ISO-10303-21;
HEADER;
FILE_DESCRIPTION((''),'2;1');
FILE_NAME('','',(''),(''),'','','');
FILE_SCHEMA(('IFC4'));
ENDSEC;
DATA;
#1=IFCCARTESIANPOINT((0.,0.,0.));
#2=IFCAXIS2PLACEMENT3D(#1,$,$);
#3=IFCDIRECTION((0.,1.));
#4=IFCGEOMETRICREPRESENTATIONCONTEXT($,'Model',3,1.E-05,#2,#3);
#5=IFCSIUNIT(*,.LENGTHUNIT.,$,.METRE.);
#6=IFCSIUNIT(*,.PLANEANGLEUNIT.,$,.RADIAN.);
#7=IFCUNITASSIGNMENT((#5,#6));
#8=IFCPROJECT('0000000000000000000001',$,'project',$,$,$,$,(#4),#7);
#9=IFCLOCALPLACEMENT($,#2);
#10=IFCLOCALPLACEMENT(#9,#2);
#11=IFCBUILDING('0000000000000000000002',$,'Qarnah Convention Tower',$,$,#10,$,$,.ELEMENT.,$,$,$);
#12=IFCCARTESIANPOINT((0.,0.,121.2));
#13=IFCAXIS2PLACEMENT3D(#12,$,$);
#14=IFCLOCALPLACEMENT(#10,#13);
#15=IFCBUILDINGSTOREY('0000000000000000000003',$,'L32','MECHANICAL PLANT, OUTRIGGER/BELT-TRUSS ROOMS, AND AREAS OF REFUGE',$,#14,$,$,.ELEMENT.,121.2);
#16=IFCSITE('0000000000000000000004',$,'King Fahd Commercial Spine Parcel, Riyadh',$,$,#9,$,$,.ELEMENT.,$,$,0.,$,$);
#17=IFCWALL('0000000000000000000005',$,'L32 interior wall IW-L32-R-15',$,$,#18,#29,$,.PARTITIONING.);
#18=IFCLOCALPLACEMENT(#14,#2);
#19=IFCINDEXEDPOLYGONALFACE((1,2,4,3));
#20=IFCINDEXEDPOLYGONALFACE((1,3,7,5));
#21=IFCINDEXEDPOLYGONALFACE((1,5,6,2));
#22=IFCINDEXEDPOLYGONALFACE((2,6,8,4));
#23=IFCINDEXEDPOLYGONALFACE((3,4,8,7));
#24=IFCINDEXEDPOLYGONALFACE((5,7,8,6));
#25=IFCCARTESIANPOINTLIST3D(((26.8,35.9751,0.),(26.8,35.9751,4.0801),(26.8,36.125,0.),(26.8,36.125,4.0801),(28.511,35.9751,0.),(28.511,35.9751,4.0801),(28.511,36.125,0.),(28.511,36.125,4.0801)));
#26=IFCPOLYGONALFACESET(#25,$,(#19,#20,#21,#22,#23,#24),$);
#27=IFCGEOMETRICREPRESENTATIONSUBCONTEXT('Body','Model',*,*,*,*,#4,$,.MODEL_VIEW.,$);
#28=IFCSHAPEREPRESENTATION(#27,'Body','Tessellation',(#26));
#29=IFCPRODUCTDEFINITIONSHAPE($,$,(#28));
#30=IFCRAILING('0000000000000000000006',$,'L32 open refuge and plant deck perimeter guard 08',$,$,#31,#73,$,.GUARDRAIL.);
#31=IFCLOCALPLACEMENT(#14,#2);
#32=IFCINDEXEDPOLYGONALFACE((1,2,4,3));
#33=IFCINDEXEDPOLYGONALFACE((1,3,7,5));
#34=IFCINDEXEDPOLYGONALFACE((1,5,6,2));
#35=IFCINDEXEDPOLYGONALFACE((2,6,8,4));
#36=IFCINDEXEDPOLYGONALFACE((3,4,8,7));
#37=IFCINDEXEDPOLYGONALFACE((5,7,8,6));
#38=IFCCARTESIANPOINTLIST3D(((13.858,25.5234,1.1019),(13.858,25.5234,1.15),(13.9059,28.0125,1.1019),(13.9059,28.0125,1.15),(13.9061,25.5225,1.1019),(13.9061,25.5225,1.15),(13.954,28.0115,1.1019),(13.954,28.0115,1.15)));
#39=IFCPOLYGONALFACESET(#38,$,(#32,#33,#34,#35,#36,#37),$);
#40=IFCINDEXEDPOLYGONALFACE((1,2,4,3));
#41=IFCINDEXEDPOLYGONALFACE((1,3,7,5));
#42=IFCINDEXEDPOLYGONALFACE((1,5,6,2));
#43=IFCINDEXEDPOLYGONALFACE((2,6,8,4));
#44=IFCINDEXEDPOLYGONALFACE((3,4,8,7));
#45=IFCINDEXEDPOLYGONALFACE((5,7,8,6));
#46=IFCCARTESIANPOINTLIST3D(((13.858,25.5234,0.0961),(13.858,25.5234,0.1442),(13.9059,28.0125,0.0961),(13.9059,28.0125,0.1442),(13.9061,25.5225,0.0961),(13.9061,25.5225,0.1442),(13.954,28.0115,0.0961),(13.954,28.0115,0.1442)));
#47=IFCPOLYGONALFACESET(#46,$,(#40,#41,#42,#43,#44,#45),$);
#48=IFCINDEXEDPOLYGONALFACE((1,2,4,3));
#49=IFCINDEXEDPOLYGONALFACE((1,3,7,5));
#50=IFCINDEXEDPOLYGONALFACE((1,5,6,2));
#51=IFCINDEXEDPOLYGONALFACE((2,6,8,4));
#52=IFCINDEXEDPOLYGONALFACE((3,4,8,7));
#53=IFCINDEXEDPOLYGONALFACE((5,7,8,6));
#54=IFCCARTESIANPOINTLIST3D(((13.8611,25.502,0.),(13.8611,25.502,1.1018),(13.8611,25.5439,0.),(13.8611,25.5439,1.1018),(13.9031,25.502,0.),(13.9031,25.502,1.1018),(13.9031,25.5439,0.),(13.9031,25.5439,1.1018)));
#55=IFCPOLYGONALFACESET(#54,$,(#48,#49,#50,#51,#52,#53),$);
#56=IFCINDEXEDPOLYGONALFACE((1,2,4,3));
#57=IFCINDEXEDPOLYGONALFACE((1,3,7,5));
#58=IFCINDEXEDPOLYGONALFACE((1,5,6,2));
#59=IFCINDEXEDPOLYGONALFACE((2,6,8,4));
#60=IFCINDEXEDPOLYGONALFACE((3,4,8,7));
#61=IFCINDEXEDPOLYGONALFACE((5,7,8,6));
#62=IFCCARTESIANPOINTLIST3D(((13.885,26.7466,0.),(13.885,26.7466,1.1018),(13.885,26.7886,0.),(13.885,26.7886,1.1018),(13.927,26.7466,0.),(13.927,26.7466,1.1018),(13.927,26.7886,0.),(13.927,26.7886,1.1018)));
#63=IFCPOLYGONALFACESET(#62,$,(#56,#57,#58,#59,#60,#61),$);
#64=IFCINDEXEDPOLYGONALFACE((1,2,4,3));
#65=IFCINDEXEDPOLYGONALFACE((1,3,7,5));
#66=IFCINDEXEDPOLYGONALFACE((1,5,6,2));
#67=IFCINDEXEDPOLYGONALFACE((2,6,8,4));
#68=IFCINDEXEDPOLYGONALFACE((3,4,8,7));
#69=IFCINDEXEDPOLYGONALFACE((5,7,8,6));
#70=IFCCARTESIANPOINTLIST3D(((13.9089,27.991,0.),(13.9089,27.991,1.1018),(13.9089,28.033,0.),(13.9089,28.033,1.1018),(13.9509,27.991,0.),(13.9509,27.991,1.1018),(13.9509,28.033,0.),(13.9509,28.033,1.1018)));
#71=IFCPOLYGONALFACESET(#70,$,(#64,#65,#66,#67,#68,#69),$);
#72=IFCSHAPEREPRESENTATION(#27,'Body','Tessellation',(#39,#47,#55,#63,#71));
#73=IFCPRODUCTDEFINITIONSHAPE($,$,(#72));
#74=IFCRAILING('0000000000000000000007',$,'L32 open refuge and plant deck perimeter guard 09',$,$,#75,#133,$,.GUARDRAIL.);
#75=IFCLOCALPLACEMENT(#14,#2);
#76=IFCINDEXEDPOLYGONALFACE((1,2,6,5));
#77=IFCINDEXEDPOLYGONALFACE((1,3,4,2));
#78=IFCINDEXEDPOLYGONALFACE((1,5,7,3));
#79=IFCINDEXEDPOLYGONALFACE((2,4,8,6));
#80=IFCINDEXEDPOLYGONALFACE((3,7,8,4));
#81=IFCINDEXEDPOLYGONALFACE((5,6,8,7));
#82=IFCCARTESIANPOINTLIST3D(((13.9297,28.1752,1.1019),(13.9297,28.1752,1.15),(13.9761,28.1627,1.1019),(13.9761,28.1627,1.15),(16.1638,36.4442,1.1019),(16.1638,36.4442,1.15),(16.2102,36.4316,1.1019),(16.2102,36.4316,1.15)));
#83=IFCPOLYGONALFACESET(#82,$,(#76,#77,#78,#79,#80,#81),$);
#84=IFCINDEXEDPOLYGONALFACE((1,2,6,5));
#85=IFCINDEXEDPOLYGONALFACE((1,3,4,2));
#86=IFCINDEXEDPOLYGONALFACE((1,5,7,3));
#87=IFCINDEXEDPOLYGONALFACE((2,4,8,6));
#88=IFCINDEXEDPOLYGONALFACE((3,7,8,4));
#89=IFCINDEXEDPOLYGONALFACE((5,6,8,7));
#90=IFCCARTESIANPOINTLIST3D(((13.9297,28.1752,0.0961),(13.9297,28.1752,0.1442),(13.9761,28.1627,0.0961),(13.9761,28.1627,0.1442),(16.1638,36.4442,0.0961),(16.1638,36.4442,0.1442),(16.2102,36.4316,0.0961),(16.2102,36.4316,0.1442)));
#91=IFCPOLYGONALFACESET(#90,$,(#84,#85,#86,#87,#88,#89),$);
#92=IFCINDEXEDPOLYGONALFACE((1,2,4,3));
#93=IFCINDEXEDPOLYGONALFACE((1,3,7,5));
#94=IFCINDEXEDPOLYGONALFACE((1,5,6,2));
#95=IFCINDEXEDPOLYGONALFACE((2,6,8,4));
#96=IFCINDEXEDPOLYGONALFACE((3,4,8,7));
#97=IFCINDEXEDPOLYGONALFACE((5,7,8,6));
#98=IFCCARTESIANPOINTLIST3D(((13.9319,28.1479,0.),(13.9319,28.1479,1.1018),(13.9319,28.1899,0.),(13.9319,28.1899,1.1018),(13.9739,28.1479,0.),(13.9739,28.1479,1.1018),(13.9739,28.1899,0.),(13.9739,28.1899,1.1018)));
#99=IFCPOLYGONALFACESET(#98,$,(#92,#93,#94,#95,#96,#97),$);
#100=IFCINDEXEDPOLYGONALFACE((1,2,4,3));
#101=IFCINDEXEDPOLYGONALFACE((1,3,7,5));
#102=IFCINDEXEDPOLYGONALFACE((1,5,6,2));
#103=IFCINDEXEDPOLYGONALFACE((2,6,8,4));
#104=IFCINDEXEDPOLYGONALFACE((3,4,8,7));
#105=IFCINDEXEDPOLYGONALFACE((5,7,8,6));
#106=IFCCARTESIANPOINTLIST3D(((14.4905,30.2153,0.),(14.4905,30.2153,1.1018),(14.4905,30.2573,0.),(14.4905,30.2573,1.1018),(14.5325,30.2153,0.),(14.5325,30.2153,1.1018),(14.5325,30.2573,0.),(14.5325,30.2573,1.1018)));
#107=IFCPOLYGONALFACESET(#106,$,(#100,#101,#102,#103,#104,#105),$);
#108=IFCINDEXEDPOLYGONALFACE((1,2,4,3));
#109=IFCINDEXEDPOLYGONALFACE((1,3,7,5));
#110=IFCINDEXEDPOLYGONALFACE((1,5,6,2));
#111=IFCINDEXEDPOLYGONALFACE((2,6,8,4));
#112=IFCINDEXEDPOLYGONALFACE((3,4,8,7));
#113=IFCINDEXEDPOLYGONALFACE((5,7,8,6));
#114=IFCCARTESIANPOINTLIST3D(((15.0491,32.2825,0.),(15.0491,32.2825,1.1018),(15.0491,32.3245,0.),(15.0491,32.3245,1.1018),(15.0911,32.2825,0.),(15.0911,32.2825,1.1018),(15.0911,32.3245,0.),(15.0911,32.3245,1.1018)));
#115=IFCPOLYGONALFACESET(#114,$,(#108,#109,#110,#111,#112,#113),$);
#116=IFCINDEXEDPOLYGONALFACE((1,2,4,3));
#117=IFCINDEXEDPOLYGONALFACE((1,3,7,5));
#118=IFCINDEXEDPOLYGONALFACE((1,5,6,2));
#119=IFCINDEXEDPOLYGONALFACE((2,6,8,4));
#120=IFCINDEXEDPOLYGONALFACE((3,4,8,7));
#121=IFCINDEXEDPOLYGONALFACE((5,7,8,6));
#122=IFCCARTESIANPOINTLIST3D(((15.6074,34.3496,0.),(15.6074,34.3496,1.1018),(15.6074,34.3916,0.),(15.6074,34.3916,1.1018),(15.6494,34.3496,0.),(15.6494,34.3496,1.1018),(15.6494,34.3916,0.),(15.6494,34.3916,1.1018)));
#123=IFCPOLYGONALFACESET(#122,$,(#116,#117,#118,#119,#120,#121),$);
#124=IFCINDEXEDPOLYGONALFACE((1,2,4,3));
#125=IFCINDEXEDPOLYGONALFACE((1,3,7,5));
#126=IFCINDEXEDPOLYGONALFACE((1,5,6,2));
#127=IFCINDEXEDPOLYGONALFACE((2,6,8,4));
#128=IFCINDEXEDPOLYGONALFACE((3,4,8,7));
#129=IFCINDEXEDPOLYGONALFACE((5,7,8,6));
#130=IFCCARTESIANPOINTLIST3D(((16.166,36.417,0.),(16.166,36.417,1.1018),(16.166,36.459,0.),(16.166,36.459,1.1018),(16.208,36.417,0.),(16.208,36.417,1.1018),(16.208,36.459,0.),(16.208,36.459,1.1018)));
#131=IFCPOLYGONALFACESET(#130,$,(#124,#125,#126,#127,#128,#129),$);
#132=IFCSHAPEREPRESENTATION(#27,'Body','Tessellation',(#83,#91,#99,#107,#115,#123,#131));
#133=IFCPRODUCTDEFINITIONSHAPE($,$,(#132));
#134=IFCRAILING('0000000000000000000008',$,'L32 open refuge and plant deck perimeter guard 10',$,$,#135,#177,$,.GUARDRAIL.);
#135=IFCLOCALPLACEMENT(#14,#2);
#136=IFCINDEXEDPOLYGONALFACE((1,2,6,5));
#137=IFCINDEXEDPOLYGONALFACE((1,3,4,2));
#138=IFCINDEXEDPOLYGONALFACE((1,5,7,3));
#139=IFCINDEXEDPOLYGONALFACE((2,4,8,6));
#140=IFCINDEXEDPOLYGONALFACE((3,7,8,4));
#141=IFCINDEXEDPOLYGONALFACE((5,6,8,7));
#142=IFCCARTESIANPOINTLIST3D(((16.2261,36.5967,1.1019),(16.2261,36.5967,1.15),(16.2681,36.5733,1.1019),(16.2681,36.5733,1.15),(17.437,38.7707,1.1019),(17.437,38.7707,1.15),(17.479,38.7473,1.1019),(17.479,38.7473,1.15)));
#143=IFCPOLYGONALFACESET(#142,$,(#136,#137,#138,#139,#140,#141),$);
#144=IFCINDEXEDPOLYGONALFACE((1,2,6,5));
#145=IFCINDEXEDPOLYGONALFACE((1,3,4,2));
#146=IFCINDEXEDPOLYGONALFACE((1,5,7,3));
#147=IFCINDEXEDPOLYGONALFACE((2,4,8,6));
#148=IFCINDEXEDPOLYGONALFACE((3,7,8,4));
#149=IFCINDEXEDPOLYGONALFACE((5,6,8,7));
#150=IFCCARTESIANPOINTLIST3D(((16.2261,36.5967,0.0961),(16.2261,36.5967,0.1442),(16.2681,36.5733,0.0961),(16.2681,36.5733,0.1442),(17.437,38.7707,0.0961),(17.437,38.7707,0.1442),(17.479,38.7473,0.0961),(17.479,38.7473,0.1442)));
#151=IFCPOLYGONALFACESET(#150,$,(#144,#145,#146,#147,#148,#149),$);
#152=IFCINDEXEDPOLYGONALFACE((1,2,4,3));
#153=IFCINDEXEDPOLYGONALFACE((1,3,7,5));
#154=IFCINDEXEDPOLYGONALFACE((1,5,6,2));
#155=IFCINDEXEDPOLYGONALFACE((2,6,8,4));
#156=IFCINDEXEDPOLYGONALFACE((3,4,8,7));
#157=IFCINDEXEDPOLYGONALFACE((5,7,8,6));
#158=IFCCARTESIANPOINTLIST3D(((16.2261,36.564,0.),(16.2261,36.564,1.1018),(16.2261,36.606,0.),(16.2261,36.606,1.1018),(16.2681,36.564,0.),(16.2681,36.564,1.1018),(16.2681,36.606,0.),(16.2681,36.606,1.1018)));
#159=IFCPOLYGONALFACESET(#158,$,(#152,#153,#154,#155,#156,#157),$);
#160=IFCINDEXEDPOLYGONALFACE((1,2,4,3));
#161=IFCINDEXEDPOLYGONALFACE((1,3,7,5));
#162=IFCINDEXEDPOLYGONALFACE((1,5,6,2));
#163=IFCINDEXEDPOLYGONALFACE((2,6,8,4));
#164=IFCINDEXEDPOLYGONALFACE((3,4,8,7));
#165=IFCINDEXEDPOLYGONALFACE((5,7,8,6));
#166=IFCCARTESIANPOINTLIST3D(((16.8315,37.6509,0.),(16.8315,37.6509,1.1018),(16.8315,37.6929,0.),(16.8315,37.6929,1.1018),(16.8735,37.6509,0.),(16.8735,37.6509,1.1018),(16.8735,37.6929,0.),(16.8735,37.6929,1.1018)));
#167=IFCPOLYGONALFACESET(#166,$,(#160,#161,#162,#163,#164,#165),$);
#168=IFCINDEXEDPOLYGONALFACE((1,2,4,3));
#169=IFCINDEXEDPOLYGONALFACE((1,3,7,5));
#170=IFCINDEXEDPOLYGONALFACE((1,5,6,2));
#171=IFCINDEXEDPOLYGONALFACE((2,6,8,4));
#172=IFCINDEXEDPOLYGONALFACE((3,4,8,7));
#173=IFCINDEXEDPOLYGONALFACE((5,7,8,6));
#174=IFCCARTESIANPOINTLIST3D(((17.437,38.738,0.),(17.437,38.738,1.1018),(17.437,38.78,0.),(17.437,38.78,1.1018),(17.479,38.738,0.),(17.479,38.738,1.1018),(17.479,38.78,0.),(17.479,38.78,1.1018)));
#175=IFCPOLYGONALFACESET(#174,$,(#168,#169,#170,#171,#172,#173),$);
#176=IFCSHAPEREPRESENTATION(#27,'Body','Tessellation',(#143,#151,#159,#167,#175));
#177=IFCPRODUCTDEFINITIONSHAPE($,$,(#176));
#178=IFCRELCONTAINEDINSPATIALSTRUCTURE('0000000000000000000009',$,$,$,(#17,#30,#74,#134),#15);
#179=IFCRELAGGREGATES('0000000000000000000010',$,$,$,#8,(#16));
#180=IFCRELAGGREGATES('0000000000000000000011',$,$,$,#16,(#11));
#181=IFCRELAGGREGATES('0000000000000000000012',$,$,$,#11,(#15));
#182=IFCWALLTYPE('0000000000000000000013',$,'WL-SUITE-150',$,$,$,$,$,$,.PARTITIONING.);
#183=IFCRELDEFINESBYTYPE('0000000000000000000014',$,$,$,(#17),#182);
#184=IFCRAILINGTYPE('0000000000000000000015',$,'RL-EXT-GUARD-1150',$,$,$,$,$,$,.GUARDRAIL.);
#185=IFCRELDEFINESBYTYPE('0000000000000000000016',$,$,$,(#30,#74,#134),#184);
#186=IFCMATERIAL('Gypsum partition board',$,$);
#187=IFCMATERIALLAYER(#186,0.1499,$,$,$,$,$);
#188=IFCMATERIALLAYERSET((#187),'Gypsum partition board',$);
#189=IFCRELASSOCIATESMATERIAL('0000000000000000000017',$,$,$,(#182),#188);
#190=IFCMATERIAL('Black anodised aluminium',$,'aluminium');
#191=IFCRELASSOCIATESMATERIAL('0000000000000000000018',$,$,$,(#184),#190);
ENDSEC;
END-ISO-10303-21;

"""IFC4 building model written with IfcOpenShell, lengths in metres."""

from ifc_helpers import new_model, si_unit, direction, frame, frame_2d, origin, origin_2d, place, context, subcontext, project, spatial, rectangle, extrude, material, layer, layer_set, type_object, element, save


model = new_model("IFC4")

# Units and contexts
model_context = context("Model", 3, precision=1e-05, world=origin(), true_north=direction((0.0, 1.0)))
body_context = subcontext(model_context, "Body", "Model", "MODEL_VIEW")
ifc_project = project(units=[si_unit("LENGTHUNIT", "METRE"), si_unit("PLANEANGLEUNIT", "RADIAN")], contexts=[model_context])

# Site, building, storey
site_placement = place(None, origin())
site = spatial("IfcSite", under=ifc_project, at=site_placement, Name="King Fahd Commercial Spine Parcel, Riyadh", CompositionType="ELEMENT", RefElevation=0.0)
building_placement = place(site_placement, origin())
building = spatial("IfcBuilding", under=site, at=building_placement, Name="Qarnah Convention Tower", CompositionType="ELEMENT")
storey_placement = place(building_placement, frame((0.0, 0.0, 121.2)))
storey = spatial("IfcBuildingStorey", under=building, at=storey_placement, Name="L32", Description="MECHANICAL PLANT, OUTRIGGER/BELT-TRUSS ROOMS, AND AREAS OF REFUGE", CompositionType="ELEMENT", Elevation=121.2)

# Shared definitions
ifc_material_1 = material(Name="Gypsum partition board")
ifc_layer_1 = layer(ifc_material_1, 0.1499)
ifc_layer_set_1 = layer_set([ifc_layer_1], Name="Gypsum partition board")
wall_type_1 = type_object("IfcWallType", Name="WL-SUITE-150", PredefinedType="PARTITIONING", material=ifc_layer_set_1)

# Wall
wall_1_placement = place(storey_placement, frame((26.8, 36.05, 0.0), z_axis=(0.0, 0.0, 1.0), x_axis=(1.0, 0.0, 0.0)))
element("IfcWall", 1, at=wall_1_placement, inside=storey, type_object=wall_type_1, Name="L32 interior wall IW-L32-R-15", PredefinedType="PARTITIONING", context=body_context, shape_type="SweptSolid", body=[
    extrude(rectangle(XDim=1.7109, YDim=0.1499, at=frame_2d((0.8555, 0.0))), origin(), (0.0, 0.0, 1.0), 4.0801),
])

# Railings
ifc_material_2 = material(Name="Black anodised aluminium", Category="aluminium")
railing_type = type_object("IfcRailingType", Name="RL-EXT-GUARD-1150", PredefinedType="GUARDRAIL", material=ifc_material_2)
railing_1_placement = place(storey_placement, frame((13.8821, 25.5229, 0.0)))
element("IfcRailing", 2, at=railing_1_placement, inside=storey, type_object=railing_type, Name="L32 open refuge and plant deck perimeter guard 08", PredefinedType="GUARDRAIL", context=body_context, shape_type="SweptSolid", body=[
    extrude(rectangle(XDim=0.0481, YDim=0.0481, at=origin_2d()), frame((0.0, 0.0, 1.126), z_axis=(0.019222, 0.999815, 0.0), x_axis=(-0.999815, 0.019222, 0.0)), (0.0, 0.0, 1.0), 2.4895),
    extrude(rectangle(XDim=0.0481, YDim=0.0481, at=origin_2d()), frame((0.0, 0.0, 0.1201), z_axis=(0.019222, 0.999815, 0.0), x_axis=(-0.999815, 0.019222, 0.0)), (0.0, 0.0, 1.0), 2.4895),
    extrude(rectangle(XDim=0.042, YDim=0.042, at=origin_2d()), origin(), (0.0, 0.0, 1.0), 1.1018),
    extrude(rectangle(XDim=0.042, YDim=0.042, at=origin_2d()), frame((0.0239, 1.2446, 0.0)), (0.0, 0.0, 1.0), 1.1018),
    extrude(rectangle(XDim=0.042, YDim=0.042, at=origin_2d()), frame((0.0479, 2.489, 0.0)), (0.0, 0.0, 1.0), 1.1018),
])
railing_2_placement = place(storey_placement, frame((13.9529, 28.1689, 0.0)))
element("IfcRailing", 3, at=railing_2_placement, inside=storey, type_object=railing_type, Name="L32 open refuge and plant deck perimeter guard 09", PredefinedType="GUARDRAIL", context=body_context, shape_type="SweptSolid", body=[
    extrude(rectangle(XDim=0.0481, YDim=0.0481, at=origin_2d()), frame((0.0, 0.0, 1.126), z_axis=(0.260828, 0.965385, 0.0), x_axis=(-0.965385, 0.260828, 0.0)), (0.0, 0.0, 1.0), 8.5654),
    extrude(rectangle(XDim=0.0481, YDim=0.0481, at=origin_2d()), frame((0.0, 0.0, 0.1201), z_axis=(0.260828, 0.965385, 0.0), x_axis=(-0.965385, 0.260828, 0.0)), (0.0, 0.0, 1.0), 8.5654),
    extrude(rectangle(XDim=0.042, YDim=0.042, at=origin_2d()), origin(), (0.0, 0.0, 1.0), 1.1018),
    extrude(rectangle(XDim=0.042, YDim=0.042, at=origin_2d()), frame((0.5586, 2.0674, 0.0)), (0.0, 0.0, 1.0), 1.1018),
    extrude(rectangle(XDim=0.042, YDim=0.042, at=origin_2d()), frame((1.1172, 4.1345, 0.0)), (0.0, 0.0, 1.0), 1.1018),
    extrude(rectangle(XDim=0.042, YDim=0.042, at=origin_2d()), frame((1.6755, 6.2017, 0.0)), (0.0, 0.0, 1.0), 1.1018),
    extrude(rectangle(XDim=0.042, YDim=0.042, at=origin_2d()), frame((2.2341, 8.269, 0.0)), (0.0, 0.0, 1.0), 1.1018),
])
railing_3_placement = place(storey_placement, frame((16.2471, 36.585, 0.0)))
element("IfcRailing", 4, at=railing_3_placement, inside=storey, type_object=railing_type, Name="L32 open refuge and plant deck perimeter guard 10", PredefinedType="GUARDRAIL", context=body_context, shape_type="SweptSolid", body=[
    extrude(rectangle(XDim=0.0481, YDim=0.0481, at=origin_2d()), frame((0.0, 0.0, 1.126), z_axis=(0.486601, 0.873625, 0.0), x_axis=(-0.873625, 0.486601, 0.0)), (0.0, 0.0, 1.0), 2.4885),
    extrude(rectangle(XDim=0.0481, YDim=0.0481, at=origin_2d()), frame((0.0, 0.0, 0.1201), z_axis=(0.486601, 0.873625, 0.0), x_axis=(-0.873625, 0.486601, 0.0)), (0.0, 0.0, 1.0), 2.4885),
    extrude(rectangle(XDim=0.042, YDim=0.042, at=origin_2d()), origin(), (0.0, 0.0, 1.0), 1.1018),
    extrude(rectangle(XDim=0.042, YDim=0.042, at=origin_2d()), frame((0.6055, 1.0869, 0.0)), (0.0, 0.0, 1.0), 1.1018),
    extrude(rectangle(XDim=0.042, YDim=0.042, at=origin_2d()), frame((1.2109, 2.1741, 0.0)), (0.0, 0.0, 1.0), 1.1018),
])

save(model, "model.ifc")
